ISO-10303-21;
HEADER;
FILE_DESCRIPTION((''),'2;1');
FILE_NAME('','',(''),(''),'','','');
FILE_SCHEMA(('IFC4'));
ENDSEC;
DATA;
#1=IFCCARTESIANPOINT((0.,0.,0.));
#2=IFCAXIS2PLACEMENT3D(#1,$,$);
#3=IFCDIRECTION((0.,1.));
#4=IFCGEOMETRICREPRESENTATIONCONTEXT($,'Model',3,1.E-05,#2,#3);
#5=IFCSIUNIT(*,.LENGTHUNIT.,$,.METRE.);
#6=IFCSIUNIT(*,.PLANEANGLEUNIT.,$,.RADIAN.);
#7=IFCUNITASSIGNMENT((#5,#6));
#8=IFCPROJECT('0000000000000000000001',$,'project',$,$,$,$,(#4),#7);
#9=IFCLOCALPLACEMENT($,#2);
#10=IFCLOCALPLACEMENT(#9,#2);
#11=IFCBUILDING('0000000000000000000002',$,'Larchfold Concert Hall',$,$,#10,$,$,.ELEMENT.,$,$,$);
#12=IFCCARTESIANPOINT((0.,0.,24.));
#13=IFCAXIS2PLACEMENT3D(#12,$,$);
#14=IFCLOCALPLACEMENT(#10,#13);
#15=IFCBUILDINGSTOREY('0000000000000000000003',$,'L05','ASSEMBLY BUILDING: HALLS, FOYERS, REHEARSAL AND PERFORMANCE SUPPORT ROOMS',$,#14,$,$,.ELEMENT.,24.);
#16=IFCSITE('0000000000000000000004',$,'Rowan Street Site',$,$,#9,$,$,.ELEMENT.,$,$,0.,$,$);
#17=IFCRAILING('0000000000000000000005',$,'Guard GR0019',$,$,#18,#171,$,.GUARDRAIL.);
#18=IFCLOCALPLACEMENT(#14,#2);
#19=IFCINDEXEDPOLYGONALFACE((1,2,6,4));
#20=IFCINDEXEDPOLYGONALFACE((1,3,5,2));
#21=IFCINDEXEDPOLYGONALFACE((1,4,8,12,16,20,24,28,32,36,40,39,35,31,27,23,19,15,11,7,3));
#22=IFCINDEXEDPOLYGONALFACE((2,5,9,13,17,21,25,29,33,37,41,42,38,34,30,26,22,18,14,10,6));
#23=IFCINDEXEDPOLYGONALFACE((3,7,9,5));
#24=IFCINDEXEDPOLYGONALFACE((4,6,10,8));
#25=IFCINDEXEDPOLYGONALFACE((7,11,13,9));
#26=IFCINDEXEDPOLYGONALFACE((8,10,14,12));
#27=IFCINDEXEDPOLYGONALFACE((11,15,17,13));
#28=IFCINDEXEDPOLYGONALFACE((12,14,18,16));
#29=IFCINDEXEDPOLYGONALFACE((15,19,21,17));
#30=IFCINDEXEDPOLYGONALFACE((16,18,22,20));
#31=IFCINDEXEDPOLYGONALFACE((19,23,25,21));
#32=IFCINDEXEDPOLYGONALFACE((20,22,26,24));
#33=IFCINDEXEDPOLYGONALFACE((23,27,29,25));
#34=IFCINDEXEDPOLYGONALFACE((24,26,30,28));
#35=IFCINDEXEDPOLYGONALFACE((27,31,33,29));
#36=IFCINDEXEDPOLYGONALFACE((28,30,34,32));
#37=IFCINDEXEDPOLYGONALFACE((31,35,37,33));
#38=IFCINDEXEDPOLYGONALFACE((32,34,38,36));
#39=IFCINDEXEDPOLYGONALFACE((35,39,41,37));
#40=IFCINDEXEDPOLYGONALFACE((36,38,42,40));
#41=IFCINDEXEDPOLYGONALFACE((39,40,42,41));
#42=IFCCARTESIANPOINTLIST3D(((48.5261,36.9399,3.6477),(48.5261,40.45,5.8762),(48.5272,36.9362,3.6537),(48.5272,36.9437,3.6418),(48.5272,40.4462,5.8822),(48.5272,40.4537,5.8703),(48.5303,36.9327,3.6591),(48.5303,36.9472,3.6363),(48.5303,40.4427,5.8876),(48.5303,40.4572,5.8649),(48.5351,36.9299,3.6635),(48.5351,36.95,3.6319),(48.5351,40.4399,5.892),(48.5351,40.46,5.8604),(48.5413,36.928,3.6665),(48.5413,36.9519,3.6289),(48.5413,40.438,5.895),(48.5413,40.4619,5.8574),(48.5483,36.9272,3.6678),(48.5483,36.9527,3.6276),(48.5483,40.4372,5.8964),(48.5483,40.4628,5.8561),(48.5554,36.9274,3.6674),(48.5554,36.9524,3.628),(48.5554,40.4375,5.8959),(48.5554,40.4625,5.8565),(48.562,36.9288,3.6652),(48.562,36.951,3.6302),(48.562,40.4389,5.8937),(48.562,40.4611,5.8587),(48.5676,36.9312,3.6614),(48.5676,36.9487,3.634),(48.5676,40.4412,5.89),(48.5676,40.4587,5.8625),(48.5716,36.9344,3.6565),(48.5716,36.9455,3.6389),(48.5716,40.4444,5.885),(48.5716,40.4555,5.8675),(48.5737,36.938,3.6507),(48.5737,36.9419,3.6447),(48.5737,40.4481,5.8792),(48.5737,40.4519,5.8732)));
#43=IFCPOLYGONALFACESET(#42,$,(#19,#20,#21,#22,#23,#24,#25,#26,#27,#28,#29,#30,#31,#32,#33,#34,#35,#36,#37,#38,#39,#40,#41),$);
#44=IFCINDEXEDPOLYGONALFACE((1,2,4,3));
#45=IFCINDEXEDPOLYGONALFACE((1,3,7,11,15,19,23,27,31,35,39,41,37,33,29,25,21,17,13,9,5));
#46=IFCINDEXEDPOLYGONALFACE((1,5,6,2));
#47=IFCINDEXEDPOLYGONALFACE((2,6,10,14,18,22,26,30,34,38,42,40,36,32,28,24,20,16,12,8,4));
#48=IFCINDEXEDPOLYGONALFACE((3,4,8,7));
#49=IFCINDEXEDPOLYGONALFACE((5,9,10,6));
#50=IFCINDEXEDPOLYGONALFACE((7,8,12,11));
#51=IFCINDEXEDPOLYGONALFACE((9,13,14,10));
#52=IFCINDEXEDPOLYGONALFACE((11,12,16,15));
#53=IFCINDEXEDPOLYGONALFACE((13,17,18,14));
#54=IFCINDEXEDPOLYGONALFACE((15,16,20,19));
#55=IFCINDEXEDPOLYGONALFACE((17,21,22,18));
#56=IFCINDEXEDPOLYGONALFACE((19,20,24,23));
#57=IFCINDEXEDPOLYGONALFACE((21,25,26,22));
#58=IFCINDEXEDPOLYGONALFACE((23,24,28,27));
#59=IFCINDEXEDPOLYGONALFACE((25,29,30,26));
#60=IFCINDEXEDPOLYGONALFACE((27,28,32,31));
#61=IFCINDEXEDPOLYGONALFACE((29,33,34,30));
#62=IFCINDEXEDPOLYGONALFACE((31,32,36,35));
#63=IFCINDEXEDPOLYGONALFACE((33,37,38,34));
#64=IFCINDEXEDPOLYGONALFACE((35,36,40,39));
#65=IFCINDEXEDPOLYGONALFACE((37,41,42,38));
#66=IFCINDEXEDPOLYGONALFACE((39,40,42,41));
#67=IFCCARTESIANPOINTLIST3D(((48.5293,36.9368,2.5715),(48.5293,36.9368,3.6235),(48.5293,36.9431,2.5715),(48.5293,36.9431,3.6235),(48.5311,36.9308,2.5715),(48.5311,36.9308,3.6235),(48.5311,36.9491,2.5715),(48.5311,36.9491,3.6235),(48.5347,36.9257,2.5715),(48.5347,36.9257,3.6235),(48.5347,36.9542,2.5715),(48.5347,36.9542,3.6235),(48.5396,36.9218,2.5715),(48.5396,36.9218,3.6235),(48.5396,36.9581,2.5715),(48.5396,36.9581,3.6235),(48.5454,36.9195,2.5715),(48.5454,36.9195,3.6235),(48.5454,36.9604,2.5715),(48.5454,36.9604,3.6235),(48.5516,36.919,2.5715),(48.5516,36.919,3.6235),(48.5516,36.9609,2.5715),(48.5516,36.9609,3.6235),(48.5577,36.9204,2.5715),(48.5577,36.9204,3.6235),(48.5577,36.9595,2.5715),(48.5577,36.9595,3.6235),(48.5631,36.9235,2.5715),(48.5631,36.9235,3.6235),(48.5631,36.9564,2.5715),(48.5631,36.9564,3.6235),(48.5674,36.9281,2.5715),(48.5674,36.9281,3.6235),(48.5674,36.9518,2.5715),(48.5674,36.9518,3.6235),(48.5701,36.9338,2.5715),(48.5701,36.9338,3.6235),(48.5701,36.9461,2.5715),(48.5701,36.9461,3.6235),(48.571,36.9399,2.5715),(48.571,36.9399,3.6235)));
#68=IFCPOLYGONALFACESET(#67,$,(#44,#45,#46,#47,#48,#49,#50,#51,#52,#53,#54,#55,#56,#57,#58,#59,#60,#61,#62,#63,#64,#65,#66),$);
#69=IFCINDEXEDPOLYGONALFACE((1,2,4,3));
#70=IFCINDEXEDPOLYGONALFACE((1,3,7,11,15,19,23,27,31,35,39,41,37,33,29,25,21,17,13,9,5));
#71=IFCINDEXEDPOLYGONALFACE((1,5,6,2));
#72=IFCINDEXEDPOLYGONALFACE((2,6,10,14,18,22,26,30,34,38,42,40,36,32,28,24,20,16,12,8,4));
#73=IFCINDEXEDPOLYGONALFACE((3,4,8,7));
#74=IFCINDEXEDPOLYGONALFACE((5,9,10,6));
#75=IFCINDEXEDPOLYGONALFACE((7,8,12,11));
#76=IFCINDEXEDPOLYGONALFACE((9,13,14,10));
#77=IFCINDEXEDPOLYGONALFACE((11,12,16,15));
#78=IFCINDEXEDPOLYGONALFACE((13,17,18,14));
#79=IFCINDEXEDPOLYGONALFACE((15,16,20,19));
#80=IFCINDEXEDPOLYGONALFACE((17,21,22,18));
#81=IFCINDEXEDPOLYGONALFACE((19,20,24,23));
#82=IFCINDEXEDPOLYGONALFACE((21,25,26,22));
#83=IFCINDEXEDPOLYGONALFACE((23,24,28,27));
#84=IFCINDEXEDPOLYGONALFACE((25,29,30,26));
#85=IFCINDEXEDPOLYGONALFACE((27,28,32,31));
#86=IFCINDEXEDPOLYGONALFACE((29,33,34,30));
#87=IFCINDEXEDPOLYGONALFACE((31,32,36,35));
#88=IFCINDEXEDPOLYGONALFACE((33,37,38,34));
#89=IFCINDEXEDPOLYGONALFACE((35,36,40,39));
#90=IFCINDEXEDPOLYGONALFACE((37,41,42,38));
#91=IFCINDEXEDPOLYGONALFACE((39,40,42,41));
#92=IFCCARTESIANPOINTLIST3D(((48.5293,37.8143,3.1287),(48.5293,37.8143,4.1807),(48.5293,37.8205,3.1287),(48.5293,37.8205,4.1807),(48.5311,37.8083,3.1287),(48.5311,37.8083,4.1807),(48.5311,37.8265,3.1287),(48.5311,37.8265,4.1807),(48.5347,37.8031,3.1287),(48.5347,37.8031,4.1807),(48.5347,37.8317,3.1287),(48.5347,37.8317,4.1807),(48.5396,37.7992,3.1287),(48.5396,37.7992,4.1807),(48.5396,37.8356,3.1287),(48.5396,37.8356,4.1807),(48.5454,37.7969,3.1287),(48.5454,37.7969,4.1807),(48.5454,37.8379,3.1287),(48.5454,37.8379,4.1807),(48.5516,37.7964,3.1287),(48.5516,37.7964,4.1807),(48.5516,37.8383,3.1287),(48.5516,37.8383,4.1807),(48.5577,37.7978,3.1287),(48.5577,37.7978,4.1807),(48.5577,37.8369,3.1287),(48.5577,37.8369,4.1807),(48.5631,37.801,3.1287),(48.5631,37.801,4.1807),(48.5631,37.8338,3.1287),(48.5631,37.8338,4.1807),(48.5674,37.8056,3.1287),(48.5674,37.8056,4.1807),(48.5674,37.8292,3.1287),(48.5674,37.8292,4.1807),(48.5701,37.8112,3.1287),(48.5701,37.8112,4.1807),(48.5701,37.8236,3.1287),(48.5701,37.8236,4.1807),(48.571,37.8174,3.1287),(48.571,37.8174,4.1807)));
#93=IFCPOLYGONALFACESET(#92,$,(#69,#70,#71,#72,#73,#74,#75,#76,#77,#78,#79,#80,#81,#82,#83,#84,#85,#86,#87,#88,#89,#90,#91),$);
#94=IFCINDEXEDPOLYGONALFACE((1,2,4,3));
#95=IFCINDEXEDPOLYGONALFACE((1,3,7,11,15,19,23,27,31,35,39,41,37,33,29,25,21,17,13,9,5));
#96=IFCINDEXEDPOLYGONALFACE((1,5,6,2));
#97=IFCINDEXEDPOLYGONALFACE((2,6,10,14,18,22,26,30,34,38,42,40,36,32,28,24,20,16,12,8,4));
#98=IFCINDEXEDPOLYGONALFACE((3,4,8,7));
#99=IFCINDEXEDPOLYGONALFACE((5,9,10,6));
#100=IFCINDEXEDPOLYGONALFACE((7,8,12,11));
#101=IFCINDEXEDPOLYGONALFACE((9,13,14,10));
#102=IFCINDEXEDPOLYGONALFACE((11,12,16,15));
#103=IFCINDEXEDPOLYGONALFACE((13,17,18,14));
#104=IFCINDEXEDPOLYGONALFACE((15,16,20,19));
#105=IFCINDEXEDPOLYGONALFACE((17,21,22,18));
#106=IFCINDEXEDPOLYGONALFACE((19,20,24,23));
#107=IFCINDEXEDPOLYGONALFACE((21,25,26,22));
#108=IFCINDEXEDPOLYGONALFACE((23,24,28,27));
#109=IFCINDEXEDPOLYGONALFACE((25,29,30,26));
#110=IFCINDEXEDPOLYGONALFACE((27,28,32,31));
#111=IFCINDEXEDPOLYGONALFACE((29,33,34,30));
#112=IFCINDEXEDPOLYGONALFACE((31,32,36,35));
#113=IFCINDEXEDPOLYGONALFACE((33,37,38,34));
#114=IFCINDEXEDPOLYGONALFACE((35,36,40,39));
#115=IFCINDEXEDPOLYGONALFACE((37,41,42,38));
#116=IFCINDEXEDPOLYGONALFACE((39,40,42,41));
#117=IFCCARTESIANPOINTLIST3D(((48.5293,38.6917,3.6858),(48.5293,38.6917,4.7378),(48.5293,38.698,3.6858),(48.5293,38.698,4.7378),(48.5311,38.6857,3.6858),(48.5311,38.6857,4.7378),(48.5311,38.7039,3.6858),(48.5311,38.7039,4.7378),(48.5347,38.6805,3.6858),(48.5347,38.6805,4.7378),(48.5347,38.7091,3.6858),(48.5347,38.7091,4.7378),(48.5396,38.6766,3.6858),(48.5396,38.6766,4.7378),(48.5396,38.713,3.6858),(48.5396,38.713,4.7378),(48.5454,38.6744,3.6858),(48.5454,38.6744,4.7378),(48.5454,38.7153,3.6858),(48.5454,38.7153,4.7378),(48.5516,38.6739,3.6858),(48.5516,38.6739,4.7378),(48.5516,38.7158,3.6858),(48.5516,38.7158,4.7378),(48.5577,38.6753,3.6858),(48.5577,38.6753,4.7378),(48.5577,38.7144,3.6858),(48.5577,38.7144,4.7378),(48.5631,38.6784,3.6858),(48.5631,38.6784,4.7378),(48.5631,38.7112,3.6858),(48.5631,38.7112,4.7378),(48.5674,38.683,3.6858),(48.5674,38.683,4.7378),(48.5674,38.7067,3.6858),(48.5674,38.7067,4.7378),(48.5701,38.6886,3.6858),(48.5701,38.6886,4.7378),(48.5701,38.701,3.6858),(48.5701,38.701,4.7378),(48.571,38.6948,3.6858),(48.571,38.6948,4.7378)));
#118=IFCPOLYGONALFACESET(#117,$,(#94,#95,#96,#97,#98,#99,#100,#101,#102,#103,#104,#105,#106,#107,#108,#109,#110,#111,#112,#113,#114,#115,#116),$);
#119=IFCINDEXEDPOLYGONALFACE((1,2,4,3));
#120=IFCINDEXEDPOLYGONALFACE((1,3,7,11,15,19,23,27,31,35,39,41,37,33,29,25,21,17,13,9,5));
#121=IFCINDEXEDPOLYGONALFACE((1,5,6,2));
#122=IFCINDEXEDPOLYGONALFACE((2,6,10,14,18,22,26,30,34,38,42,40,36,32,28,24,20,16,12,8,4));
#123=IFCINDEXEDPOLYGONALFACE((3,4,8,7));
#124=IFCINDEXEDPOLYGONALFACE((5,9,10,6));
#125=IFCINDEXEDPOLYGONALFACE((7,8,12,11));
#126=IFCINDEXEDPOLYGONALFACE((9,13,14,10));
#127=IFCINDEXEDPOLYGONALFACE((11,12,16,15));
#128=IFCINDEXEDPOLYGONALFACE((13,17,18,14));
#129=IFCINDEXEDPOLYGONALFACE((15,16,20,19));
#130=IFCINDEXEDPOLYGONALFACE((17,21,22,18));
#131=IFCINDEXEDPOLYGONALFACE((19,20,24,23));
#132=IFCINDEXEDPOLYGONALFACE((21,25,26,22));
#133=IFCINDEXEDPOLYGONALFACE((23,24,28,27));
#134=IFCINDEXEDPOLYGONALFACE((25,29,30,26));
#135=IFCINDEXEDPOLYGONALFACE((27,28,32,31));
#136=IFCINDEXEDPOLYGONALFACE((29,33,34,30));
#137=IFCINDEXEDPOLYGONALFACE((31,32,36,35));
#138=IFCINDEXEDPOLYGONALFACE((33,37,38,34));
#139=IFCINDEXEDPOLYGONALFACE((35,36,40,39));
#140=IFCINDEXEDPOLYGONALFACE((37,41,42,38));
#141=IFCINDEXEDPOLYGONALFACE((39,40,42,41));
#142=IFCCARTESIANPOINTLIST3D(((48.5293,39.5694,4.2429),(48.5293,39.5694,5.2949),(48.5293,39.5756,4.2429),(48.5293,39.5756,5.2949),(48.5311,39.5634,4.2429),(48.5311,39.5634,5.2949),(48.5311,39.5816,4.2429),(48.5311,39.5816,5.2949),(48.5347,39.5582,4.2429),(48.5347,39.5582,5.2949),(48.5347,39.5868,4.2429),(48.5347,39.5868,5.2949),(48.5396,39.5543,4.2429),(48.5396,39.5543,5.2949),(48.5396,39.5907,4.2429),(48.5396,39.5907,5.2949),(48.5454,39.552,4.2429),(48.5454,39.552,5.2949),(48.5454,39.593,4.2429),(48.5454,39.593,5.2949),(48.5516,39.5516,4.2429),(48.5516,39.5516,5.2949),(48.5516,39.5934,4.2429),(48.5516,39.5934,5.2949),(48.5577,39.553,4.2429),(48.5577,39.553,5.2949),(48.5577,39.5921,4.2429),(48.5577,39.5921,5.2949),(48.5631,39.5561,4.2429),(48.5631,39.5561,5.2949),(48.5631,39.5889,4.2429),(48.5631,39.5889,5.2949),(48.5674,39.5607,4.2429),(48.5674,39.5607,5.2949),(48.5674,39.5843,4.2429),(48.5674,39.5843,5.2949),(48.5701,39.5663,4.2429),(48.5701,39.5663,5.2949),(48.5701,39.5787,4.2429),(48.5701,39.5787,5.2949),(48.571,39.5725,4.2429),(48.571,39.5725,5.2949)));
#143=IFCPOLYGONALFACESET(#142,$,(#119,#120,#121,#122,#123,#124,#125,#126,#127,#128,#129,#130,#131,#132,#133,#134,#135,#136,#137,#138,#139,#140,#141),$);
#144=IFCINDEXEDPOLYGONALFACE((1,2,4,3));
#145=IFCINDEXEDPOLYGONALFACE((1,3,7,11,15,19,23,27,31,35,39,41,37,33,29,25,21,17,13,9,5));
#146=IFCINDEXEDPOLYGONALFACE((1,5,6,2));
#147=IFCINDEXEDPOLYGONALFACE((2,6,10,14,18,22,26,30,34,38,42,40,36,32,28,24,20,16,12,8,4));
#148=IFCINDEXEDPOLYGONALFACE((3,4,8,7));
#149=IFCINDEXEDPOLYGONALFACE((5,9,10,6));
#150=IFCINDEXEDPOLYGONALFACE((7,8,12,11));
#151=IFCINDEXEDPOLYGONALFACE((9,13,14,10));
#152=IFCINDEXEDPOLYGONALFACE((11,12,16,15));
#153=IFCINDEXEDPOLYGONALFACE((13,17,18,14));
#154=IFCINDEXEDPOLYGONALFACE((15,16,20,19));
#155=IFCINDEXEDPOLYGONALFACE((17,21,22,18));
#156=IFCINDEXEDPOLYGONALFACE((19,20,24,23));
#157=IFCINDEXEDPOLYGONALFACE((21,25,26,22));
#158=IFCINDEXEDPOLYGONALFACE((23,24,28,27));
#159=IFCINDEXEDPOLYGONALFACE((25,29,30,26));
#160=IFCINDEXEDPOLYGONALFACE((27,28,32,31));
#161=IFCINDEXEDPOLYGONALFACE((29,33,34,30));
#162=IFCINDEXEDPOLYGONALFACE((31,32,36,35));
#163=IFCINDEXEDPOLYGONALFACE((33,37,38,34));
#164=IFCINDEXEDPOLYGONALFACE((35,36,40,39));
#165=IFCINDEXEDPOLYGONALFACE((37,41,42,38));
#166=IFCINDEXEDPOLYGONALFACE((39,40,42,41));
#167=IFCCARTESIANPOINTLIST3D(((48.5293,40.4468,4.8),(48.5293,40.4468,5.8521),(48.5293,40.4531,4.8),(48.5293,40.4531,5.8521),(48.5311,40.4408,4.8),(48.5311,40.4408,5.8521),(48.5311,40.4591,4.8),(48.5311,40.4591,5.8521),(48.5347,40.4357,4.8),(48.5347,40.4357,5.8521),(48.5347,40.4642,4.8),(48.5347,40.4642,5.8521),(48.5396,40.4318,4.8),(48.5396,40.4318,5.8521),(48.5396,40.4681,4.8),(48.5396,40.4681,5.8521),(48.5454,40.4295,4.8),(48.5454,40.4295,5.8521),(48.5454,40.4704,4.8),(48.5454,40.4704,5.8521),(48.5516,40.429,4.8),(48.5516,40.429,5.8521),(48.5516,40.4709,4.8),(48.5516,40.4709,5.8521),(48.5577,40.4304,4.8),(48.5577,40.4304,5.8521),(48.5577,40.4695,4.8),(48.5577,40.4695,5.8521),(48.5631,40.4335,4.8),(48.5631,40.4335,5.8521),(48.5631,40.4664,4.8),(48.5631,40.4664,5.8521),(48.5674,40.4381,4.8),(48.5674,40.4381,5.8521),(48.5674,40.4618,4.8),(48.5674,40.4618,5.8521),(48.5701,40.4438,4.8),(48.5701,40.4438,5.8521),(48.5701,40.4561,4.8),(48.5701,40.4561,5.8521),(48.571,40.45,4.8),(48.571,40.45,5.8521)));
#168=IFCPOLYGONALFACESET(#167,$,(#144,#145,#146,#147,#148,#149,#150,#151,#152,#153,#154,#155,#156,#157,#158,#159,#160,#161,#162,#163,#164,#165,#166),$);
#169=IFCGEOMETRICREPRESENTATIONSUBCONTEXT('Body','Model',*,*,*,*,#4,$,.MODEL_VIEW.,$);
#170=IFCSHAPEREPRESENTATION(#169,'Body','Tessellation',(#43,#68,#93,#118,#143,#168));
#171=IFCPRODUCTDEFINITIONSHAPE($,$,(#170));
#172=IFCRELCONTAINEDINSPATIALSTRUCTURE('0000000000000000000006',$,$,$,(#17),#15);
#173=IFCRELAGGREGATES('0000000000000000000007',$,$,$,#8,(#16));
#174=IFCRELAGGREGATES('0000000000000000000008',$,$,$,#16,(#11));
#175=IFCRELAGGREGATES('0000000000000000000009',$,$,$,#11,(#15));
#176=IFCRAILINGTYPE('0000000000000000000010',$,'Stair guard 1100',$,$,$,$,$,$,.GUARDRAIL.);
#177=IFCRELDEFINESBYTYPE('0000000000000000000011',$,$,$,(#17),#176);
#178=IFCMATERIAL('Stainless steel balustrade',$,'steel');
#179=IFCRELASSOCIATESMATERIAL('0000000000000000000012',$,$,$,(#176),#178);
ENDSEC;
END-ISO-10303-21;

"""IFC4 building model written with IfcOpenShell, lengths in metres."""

from ifc_helpers import new_model, si_unit, direction, frame, origin, origin_2d, place, context, subcontext, project, spatial, circle, extrude, material, type_object, element, save


model = new_model("IFC4")

# Units and contexts
model_context = context("Model", 3, precision=1e-05, world=origin(), true_north=direction((0.0, 1.0)))
body_context = subcontext(model_context, "Body", "Model", "MODEL_VIEW")
ifc_project = project(units=[si_unit("LENGTHUNIT", "METRE"), si_unit("PLANEANGLEUNIT", "RADIAN")], contexts=[model_context])

# Site, building, storey
site_placement = place(None, origin())
site = spatial("IfcSite", under=ifc_project, at=site_placement, Name="Rowan Street Site", CompositionType="ELEMENT", RefElevation=0.0)
building_placement = place(site_placement, origin())
building = spatial("IfcBuilding", under=site, at=building_placement, Name="Larchfold Concert Hall", CompositionType="ELEMENT")
storey_placement = place(building_placement, frame((0.0, 0.0, 24.0)))
storey = spatial("IfcBuildingStorey", under=building, at=storey_placement, Name="L05", Description="ASSEMBLY BUILDING: HALLS, FOYERS, REHEARSAL AND PERFORMANCE SUPPORT ROOMS", CompositionType="ELEMENT", Elevation=24.0)

# Railing
ifc_material_1 = material(Name="Stainless steel balustrade", Category="steel")
railing_type_1 = type_object("IfcRailingType", Name="Stair guard 1100", PredefinedType="GUARDRAIL", material=ifc_material_1)
railing_1_placement = place(storey_placement, frame((48.55, 36.9399, 2.5715)))
element("IfcRailing", 1, at=railing_1_placement, inside=storey, type_object=railing_type_1, Name="Guard GR0019", PredefinedType="GUARDRAIL", context=body_context, shape_type="SweptSolid", body=[
    extrude(circle(Radius=0.0239, at=origin_2d()), frame((0.0, 0.0, 1.0762), z_axis=(0.0, 0.84422, 0.535998), x_axis=(-1.0, 0.0, 0.0)), (0.0, 0.0, 1.0), 4.1577),
    extrude(circle(Radius=0.021, at=origin_2d()), origin(), (0.0, 0.0, 1.0), 1.052),
    extrude(circle(Radius=0.021, at=origin_2d()), frame((0.0, 0.8774, 0.5571)), (0.0, 0.0, 1.0), 1.052),
    extrude(circle(Radius=0.021, at=origin_2d()), frame((0.0, 1.7549, 1.1143)), (0.0, 0.0, 1.0), 1.052),
    extrude(circle(Radius=0.021, at=origin_2d()), frame((0.0, 2.6326, 1.6714)), (0.0, 0.0, 1.0), 1.052),
    extrude(circle(Radius=0.021, at=origin_2d()), frame((0.0, 3.51, 2.2285)), (0.0, 0.0, 1.0), 1.052),
])

save(model, "model.ifc")
